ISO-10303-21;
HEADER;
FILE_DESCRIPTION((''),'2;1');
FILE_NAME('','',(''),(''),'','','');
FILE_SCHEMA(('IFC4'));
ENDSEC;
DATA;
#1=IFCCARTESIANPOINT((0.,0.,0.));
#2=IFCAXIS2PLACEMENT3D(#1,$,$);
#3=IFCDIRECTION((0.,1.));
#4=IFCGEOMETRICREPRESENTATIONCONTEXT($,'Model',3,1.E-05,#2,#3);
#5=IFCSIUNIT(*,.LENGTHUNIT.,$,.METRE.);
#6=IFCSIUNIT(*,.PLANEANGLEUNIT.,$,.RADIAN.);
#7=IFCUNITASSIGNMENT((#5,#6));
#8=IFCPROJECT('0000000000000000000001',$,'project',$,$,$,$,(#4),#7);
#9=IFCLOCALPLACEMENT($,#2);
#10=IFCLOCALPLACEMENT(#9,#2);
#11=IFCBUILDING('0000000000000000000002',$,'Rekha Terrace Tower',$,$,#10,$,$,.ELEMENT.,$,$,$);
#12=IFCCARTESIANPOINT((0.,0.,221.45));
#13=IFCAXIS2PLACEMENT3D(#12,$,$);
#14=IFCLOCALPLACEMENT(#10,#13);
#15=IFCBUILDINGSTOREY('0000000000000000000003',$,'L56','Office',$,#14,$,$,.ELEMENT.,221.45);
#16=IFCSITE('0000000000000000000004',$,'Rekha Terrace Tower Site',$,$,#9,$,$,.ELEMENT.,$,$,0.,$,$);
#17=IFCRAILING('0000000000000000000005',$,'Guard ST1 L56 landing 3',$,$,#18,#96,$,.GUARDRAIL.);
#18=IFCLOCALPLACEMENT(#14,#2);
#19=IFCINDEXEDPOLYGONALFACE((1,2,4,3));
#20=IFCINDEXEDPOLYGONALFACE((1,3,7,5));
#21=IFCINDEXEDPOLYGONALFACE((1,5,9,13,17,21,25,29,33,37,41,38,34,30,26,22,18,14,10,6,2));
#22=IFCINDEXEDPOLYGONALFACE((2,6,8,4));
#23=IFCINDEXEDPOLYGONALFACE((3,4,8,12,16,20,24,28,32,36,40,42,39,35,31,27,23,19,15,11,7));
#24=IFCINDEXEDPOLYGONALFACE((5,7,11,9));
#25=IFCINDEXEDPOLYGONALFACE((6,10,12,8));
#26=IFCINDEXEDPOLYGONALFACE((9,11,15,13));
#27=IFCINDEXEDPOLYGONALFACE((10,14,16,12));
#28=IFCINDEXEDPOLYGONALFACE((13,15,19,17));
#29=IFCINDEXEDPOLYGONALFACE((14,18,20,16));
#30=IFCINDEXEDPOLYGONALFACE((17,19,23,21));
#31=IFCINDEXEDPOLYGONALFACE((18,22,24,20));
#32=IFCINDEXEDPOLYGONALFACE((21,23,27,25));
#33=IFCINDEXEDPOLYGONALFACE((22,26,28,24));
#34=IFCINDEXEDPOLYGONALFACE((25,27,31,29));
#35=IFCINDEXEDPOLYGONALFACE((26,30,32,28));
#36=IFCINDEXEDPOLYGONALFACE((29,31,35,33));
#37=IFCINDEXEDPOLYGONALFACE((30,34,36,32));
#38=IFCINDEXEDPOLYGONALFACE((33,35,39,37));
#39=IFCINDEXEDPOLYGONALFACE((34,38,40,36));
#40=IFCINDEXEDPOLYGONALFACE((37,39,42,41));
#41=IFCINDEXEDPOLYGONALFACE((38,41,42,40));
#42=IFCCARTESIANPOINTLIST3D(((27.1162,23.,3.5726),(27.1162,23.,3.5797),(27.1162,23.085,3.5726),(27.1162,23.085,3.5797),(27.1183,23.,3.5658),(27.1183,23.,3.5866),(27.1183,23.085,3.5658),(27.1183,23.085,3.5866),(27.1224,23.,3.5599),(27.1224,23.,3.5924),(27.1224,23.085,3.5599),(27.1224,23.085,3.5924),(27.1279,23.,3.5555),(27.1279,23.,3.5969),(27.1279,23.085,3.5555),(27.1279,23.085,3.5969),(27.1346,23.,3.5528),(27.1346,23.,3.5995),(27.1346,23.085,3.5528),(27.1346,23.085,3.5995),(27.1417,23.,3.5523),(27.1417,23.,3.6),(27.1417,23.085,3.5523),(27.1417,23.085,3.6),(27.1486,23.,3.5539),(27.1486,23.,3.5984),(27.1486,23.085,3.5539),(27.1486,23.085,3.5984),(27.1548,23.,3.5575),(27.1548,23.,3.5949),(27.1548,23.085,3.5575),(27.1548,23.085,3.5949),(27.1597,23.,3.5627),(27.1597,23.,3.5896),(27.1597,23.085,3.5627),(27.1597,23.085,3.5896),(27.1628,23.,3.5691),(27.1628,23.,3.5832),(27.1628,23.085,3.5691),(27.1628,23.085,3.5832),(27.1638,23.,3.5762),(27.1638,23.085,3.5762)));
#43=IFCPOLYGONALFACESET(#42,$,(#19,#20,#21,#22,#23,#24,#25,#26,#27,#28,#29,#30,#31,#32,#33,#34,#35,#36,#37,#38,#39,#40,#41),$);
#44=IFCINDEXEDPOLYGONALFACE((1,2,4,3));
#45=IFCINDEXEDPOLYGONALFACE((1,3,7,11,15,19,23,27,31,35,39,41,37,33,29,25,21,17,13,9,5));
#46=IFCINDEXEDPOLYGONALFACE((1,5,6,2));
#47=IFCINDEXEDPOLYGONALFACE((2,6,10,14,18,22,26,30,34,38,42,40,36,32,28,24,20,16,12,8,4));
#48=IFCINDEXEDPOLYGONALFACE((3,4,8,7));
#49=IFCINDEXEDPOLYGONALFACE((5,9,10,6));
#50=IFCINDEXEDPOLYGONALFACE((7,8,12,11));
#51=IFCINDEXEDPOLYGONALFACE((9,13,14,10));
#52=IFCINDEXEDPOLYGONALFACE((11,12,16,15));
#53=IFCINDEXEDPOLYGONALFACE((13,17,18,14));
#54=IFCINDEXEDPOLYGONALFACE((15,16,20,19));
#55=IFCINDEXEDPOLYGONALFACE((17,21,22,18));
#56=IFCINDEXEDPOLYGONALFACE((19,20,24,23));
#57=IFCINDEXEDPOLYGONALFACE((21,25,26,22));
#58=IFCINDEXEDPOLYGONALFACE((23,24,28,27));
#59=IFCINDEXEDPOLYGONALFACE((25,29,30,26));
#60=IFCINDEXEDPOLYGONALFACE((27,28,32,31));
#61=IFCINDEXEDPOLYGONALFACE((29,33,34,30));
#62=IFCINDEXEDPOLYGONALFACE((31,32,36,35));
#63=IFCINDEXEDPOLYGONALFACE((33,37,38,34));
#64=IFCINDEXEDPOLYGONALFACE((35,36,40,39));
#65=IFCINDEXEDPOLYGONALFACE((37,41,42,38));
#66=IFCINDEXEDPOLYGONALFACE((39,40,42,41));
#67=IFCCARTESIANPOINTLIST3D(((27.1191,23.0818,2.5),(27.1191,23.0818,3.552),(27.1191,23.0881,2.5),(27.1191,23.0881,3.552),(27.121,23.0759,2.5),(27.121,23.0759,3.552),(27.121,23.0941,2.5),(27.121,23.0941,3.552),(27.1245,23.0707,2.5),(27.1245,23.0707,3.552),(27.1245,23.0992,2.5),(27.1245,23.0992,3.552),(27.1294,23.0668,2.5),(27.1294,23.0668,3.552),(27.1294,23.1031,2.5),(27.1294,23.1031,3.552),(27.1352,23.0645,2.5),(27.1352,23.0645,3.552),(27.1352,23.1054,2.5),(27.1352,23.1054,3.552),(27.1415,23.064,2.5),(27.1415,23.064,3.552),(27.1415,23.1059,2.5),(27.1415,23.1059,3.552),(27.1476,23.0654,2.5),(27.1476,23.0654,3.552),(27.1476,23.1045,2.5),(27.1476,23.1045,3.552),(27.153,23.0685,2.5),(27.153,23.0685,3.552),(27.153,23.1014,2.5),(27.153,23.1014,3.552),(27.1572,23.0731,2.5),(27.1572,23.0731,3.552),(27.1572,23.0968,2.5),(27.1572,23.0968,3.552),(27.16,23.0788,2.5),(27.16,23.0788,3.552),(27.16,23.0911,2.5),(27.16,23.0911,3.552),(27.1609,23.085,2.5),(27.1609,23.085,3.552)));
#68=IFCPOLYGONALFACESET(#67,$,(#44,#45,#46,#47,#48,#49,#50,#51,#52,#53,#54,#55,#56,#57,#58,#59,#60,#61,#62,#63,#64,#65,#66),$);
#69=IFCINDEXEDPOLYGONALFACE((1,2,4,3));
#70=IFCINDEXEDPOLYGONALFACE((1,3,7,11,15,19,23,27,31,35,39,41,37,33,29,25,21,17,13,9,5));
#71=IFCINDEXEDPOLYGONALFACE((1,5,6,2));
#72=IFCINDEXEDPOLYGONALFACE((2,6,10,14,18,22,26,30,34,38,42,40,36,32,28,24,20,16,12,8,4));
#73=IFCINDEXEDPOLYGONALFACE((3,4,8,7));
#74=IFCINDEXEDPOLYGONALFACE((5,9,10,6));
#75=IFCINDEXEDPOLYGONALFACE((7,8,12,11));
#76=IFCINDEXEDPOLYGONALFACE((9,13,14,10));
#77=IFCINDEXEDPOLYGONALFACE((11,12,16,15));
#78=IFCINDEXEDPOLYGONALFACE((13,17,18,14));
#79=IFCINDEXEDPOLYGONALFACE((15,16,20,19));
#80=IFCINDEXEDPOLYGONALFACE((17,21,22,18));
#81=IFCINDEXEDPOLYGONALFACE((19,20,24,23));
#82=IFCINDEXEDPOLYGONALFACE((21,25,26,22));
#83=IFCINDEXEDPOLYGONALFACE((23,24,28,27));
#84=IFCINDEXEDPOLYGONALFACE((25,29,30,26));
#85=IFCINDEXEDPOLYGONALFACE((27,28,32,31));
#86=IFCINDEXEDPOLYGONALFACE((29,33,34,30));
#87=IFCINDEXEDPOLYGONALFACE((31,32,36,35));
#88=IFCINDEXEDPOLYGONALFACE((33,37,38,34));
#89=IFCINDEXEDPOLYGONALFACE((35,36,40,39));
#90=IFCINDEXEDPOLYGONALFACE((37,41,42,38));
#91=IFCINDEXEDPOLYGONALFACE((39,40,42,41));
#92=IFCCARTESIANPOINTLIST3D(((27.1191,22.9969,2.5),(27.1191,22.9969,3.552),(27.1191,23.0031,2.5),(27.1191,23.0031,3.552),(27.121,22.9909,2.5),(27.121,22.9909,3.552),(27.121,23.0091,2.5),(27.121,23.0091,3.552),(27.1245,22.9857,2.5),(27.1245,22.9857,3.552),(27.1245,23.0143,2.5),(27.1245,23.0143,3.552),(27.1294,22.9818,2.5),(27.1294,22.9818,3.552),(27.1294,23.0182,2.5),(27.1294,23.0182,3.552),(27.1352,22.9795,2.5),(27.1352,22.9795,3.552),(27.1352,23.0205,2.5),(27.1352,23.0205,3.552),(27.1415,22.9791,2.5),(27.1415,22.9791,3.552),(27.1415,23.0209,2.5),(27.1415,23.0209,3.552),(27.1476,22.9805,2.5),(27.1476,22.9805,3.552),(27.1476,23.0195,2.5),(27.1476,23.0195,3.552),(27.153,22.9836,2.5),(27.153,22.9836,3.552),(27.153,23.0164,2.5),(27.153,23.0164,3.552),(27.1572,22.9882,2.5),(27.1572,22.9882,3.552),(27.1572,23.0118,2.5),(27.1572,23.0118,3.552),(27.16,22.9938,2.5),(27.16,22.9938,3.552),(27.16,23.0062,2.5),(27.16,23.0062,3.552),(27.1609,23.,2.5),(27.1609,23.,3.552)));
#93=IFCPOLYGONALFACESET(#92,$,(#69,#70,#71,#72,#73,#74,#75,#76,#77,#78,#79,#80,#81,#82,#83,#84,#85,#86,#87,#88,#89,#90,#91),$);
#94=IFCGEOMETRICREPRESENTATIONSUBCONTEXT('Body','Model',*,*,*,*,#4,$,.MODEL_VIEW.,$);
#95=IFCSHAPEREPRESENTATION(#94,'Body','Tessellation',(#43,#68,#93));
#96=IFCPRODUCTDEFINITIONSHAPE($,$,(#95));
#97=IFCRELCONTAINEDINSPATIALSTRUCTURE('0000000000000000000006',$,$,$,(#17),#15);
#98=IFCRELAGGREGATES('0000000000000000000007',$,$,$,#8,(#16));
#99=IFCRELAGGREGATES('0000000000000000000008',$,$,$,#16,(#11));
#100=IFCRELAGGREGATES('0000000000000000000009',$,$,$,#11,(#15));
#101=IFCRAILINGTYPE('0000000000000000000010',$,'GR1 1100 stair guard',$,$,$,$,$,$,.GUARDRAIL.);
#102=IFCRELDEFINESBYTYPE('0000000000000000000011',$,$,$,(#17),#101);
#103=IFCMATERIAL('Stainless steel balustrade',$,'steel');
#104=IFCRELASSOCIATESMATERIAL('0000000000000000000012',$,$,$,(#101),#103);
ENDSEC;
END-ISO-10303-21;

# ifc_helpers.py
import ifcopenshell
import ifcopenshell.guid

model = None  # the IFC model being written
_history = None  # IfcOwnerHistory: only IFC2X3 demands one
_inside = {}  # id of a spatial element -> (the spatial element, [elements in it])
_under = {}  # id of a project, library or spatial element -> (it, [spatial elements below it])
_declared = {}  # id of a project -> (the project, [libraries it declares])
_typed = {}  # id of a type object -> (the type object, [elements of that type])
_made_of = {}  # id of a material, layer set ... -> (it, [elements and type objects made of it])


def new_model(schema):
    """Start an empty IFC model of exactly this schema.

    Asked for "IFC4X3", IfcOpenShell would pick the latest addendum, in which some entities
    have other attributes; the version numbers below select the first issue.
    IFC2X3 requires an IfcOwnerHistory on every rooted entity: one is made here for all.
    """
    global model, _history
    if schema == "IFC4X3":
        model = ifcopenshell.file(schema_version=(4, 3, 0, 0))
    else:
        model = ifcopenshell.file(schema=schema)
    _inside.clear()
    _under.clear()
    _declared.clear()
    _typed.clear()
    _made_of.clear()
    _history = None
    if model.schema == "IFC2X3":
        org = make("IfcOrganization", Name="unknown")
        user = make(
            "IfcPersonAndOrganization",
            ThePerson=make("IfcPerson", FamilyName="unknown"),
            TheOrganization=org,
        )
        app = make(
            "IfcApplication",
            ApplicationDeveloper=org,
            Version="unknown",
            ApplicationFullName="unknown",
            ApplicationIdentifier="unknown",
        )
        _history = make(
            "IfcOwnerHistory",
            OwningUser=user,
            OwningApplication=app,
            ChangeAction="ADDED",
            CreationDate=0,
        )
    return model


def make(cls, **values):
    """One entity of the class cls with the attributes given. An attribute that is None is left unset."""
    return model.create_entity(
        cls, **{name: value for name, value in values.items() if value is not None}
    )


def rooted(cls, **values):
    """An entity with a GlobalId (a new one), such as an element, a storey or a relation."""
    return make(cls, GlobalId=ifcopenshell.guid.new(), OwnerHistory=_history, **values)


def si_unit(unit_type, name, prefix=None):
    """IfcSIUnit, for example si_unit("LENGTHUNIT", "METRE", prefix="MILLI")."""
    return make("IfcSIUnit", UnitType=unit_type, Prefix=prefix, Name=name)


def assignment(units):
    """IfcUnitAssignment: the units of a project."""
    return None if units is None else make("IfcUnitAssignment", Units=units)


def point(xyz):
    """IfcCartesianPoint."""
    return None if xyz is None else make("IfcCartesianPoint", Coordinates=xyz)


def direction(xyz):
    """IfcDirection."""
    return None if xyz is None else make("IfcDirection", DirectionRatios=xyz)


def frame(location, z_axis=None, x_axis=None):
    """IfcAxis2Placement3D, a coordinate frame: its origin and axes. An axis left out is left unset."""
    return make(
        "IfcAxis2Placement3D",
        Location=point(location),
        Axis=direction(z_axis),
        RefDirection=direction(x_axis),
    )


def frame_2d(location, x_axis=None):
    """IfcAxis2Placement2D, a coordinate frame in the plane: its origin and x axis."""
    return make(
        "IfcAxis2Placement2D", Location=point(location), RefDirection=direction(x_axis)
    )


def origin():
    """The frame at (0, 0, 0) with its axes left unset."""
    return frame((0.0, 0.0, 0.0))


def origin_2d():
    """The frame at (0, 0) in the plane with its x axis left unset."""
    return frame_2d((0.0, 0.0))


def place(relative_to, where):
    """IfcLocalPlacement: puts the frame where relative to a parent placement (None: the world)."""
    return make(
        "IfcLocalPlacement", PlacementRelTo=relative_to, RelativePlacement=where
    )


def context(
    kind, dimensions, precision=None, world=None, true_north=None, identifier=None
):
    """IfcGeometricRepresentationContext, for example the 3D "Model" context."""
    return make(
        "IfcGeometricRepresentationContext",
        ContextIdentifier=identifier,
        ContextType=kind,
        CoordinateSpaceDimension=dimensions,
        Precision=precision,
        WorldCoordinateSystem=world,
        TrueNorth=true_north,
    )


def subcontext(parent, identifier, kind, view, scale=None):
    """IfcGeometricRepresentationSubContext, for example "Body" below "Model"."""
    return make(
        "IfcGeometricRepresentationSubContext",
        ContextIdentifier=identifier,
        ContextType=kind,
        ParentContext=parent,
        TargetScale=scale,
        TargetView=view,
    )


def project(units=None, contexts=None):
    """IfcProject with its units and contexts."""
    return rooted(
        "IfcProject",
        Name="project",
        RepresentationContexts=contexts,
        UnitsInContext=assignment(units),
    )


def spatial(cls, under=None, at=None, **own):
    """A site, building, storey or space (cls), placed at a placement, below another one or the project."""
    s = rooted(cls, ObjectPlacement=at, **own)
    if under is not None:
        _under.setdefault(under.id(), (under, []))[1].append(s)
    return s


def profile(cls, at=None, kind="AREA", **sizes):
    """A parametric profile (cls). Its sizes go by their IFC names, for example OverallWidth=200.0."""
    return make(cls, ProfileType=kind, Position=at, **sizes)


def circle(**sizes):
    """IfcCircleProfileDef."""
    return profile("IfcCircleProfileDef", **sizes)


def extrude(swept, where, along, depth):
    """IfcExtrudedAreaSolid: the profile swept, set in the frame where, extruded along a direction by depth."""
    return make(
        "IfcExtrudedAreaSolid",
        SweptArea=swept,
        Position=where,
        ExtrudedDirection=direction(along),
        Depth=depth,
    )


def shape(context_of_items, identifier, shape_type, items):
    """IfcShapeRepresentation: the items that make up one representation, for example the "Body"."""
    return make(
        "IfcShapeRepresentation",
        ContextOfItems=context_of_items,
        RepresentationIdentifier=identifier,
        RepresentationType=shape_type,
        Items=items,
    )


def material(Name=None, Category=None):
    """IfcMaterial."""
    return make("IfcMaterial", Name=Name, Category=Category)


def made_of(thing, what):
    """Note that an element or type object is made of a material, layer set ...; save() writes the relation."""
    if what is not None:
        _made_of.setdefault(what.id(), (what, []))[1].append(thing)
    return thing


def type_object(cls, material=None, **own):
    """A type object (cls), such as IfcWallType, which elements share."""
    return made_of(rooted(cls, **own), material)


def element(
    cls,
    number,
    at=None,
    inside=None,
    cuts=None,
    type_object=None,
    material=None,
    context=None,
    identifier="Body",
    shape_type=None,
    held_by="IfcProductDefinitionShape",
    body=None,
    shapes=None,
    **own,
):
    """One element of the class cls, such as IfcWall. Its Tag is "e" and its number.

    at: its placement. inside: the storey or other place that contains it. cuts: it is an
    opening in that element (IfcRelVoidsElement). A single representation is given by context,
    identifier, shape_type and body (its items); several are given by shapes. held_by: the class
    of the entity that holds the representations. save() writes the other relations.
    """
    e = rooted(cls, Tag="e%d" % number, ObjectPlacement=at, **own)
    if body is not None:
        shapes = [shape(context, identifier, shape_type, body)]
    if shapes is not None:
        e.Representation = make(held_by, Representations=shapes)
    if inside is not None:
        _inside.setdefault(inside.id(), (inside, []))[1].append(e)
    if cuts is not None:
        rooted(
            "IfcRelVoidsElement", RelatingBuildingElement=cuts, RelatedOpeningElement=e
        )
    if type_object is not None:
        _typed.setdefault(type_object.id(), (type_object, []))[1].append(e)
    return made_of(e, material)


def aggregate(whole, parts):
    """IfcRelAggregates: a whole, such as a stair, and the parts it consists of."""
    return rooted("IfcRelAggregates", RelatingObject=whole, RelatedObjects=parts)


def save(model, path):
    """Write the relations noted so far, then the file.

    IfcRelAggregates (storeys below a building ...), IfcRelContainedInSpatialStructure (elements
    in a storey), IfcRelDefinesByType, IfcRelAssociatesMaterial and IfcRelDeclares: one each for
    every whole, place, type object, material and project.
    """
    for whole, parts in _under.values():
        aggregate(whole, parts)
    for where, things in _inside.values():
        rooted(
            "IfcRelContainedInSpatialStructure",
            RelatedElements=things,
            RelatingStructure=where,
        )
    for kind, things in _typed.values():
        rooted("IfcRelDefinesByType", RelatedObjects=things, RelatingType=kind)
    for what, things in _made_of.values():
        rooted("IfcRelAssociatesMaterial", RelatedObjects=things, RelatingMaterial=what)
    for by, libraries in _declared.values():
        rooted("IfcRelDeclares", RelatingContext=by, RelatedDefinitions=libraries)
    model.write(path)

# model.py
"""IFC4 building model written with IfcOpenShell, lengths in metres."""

from ifc_helpers import new_model, si_unit, direction, frame, origin, origin_2d, place, context, subcontext, project, spatial, circle, extrude, material, type_object, element, save


model = new_model("IFC4")

# Units and contexts
model_context = context("Model", 3, precision=1e-05, world=origin(), true_north=direction((0.0, 1.0)))
body_context = subcontext(model_context, "Body", "Model", "MODEL_VIEW")
ifc_project = project(units=[si_unit("LENGTHUNIT", "METRE"), si_unit("PLANEANGLEUNIT", "RADIAN")], contexts=[model_context])

# Site, building, storey
site_placement = place(None, origin())
site = spatial("IfcSite", under=ifc_project, at=site_placement, Name="Rekha Terrace Tower Site", CompositionType="ELEMENT", RefElevation=0.0)
building_placement = place(site_placement, origin())
building = spatial("IfcBuilding", under=site, at=building_placement, Name="Rekha Terrace Tower", CompositionType="ELEMENT")
storey_placement = place(building_placement, frame((0.0, 0.0, 221.45)))
storey = spatial("IfcBuildingStorey", under=building, at=storey_placement, Name="L56", Description="Office", CompositionType="ELEMENT", Elevation=221.45)

# Railing
ifc_material_1 = material(Name="Stainless steel balustrade", Category="steel")
railing_type_1 = type_object("IfcRailingType", Name="GR1 1100 stair guard", PredefinedType="GUARDRAIL", material=ifc_material_1)
railing_1_placement = place(storey_placement, frame((27.1399, 23.085, 2.5)))
element("IfcRailing", 1, at=railing_1_placement, inside=storey, type_object=railing_type_1, Name="Guard ST1 L56 landing 3", PredefinedType="GUARDRAIL", context=body_context, shape_type="SweptSolid", body=[
    extrude(circle(Radius=0.0239, at=origin_2d()), frame((0.0, 0.0, 1.0762), z_axis=(0.0, -1.0, 0.0), x_axis=(1.0, 0.0, 0.0)), (0.0, 0.0, 1.0), 0.085),
    extrude(circle(Radius=0.021, at=origin_2d()), origin(), (0.0, 0.0, 1.0), 1.052),
    extrude(circle(Radius=0.021, at=origin_2d()), frame((0.0, -0.085, 0.0)), (0.0, 0.0, 1.0), 1.052),
])

save(model, "model.ifc")
